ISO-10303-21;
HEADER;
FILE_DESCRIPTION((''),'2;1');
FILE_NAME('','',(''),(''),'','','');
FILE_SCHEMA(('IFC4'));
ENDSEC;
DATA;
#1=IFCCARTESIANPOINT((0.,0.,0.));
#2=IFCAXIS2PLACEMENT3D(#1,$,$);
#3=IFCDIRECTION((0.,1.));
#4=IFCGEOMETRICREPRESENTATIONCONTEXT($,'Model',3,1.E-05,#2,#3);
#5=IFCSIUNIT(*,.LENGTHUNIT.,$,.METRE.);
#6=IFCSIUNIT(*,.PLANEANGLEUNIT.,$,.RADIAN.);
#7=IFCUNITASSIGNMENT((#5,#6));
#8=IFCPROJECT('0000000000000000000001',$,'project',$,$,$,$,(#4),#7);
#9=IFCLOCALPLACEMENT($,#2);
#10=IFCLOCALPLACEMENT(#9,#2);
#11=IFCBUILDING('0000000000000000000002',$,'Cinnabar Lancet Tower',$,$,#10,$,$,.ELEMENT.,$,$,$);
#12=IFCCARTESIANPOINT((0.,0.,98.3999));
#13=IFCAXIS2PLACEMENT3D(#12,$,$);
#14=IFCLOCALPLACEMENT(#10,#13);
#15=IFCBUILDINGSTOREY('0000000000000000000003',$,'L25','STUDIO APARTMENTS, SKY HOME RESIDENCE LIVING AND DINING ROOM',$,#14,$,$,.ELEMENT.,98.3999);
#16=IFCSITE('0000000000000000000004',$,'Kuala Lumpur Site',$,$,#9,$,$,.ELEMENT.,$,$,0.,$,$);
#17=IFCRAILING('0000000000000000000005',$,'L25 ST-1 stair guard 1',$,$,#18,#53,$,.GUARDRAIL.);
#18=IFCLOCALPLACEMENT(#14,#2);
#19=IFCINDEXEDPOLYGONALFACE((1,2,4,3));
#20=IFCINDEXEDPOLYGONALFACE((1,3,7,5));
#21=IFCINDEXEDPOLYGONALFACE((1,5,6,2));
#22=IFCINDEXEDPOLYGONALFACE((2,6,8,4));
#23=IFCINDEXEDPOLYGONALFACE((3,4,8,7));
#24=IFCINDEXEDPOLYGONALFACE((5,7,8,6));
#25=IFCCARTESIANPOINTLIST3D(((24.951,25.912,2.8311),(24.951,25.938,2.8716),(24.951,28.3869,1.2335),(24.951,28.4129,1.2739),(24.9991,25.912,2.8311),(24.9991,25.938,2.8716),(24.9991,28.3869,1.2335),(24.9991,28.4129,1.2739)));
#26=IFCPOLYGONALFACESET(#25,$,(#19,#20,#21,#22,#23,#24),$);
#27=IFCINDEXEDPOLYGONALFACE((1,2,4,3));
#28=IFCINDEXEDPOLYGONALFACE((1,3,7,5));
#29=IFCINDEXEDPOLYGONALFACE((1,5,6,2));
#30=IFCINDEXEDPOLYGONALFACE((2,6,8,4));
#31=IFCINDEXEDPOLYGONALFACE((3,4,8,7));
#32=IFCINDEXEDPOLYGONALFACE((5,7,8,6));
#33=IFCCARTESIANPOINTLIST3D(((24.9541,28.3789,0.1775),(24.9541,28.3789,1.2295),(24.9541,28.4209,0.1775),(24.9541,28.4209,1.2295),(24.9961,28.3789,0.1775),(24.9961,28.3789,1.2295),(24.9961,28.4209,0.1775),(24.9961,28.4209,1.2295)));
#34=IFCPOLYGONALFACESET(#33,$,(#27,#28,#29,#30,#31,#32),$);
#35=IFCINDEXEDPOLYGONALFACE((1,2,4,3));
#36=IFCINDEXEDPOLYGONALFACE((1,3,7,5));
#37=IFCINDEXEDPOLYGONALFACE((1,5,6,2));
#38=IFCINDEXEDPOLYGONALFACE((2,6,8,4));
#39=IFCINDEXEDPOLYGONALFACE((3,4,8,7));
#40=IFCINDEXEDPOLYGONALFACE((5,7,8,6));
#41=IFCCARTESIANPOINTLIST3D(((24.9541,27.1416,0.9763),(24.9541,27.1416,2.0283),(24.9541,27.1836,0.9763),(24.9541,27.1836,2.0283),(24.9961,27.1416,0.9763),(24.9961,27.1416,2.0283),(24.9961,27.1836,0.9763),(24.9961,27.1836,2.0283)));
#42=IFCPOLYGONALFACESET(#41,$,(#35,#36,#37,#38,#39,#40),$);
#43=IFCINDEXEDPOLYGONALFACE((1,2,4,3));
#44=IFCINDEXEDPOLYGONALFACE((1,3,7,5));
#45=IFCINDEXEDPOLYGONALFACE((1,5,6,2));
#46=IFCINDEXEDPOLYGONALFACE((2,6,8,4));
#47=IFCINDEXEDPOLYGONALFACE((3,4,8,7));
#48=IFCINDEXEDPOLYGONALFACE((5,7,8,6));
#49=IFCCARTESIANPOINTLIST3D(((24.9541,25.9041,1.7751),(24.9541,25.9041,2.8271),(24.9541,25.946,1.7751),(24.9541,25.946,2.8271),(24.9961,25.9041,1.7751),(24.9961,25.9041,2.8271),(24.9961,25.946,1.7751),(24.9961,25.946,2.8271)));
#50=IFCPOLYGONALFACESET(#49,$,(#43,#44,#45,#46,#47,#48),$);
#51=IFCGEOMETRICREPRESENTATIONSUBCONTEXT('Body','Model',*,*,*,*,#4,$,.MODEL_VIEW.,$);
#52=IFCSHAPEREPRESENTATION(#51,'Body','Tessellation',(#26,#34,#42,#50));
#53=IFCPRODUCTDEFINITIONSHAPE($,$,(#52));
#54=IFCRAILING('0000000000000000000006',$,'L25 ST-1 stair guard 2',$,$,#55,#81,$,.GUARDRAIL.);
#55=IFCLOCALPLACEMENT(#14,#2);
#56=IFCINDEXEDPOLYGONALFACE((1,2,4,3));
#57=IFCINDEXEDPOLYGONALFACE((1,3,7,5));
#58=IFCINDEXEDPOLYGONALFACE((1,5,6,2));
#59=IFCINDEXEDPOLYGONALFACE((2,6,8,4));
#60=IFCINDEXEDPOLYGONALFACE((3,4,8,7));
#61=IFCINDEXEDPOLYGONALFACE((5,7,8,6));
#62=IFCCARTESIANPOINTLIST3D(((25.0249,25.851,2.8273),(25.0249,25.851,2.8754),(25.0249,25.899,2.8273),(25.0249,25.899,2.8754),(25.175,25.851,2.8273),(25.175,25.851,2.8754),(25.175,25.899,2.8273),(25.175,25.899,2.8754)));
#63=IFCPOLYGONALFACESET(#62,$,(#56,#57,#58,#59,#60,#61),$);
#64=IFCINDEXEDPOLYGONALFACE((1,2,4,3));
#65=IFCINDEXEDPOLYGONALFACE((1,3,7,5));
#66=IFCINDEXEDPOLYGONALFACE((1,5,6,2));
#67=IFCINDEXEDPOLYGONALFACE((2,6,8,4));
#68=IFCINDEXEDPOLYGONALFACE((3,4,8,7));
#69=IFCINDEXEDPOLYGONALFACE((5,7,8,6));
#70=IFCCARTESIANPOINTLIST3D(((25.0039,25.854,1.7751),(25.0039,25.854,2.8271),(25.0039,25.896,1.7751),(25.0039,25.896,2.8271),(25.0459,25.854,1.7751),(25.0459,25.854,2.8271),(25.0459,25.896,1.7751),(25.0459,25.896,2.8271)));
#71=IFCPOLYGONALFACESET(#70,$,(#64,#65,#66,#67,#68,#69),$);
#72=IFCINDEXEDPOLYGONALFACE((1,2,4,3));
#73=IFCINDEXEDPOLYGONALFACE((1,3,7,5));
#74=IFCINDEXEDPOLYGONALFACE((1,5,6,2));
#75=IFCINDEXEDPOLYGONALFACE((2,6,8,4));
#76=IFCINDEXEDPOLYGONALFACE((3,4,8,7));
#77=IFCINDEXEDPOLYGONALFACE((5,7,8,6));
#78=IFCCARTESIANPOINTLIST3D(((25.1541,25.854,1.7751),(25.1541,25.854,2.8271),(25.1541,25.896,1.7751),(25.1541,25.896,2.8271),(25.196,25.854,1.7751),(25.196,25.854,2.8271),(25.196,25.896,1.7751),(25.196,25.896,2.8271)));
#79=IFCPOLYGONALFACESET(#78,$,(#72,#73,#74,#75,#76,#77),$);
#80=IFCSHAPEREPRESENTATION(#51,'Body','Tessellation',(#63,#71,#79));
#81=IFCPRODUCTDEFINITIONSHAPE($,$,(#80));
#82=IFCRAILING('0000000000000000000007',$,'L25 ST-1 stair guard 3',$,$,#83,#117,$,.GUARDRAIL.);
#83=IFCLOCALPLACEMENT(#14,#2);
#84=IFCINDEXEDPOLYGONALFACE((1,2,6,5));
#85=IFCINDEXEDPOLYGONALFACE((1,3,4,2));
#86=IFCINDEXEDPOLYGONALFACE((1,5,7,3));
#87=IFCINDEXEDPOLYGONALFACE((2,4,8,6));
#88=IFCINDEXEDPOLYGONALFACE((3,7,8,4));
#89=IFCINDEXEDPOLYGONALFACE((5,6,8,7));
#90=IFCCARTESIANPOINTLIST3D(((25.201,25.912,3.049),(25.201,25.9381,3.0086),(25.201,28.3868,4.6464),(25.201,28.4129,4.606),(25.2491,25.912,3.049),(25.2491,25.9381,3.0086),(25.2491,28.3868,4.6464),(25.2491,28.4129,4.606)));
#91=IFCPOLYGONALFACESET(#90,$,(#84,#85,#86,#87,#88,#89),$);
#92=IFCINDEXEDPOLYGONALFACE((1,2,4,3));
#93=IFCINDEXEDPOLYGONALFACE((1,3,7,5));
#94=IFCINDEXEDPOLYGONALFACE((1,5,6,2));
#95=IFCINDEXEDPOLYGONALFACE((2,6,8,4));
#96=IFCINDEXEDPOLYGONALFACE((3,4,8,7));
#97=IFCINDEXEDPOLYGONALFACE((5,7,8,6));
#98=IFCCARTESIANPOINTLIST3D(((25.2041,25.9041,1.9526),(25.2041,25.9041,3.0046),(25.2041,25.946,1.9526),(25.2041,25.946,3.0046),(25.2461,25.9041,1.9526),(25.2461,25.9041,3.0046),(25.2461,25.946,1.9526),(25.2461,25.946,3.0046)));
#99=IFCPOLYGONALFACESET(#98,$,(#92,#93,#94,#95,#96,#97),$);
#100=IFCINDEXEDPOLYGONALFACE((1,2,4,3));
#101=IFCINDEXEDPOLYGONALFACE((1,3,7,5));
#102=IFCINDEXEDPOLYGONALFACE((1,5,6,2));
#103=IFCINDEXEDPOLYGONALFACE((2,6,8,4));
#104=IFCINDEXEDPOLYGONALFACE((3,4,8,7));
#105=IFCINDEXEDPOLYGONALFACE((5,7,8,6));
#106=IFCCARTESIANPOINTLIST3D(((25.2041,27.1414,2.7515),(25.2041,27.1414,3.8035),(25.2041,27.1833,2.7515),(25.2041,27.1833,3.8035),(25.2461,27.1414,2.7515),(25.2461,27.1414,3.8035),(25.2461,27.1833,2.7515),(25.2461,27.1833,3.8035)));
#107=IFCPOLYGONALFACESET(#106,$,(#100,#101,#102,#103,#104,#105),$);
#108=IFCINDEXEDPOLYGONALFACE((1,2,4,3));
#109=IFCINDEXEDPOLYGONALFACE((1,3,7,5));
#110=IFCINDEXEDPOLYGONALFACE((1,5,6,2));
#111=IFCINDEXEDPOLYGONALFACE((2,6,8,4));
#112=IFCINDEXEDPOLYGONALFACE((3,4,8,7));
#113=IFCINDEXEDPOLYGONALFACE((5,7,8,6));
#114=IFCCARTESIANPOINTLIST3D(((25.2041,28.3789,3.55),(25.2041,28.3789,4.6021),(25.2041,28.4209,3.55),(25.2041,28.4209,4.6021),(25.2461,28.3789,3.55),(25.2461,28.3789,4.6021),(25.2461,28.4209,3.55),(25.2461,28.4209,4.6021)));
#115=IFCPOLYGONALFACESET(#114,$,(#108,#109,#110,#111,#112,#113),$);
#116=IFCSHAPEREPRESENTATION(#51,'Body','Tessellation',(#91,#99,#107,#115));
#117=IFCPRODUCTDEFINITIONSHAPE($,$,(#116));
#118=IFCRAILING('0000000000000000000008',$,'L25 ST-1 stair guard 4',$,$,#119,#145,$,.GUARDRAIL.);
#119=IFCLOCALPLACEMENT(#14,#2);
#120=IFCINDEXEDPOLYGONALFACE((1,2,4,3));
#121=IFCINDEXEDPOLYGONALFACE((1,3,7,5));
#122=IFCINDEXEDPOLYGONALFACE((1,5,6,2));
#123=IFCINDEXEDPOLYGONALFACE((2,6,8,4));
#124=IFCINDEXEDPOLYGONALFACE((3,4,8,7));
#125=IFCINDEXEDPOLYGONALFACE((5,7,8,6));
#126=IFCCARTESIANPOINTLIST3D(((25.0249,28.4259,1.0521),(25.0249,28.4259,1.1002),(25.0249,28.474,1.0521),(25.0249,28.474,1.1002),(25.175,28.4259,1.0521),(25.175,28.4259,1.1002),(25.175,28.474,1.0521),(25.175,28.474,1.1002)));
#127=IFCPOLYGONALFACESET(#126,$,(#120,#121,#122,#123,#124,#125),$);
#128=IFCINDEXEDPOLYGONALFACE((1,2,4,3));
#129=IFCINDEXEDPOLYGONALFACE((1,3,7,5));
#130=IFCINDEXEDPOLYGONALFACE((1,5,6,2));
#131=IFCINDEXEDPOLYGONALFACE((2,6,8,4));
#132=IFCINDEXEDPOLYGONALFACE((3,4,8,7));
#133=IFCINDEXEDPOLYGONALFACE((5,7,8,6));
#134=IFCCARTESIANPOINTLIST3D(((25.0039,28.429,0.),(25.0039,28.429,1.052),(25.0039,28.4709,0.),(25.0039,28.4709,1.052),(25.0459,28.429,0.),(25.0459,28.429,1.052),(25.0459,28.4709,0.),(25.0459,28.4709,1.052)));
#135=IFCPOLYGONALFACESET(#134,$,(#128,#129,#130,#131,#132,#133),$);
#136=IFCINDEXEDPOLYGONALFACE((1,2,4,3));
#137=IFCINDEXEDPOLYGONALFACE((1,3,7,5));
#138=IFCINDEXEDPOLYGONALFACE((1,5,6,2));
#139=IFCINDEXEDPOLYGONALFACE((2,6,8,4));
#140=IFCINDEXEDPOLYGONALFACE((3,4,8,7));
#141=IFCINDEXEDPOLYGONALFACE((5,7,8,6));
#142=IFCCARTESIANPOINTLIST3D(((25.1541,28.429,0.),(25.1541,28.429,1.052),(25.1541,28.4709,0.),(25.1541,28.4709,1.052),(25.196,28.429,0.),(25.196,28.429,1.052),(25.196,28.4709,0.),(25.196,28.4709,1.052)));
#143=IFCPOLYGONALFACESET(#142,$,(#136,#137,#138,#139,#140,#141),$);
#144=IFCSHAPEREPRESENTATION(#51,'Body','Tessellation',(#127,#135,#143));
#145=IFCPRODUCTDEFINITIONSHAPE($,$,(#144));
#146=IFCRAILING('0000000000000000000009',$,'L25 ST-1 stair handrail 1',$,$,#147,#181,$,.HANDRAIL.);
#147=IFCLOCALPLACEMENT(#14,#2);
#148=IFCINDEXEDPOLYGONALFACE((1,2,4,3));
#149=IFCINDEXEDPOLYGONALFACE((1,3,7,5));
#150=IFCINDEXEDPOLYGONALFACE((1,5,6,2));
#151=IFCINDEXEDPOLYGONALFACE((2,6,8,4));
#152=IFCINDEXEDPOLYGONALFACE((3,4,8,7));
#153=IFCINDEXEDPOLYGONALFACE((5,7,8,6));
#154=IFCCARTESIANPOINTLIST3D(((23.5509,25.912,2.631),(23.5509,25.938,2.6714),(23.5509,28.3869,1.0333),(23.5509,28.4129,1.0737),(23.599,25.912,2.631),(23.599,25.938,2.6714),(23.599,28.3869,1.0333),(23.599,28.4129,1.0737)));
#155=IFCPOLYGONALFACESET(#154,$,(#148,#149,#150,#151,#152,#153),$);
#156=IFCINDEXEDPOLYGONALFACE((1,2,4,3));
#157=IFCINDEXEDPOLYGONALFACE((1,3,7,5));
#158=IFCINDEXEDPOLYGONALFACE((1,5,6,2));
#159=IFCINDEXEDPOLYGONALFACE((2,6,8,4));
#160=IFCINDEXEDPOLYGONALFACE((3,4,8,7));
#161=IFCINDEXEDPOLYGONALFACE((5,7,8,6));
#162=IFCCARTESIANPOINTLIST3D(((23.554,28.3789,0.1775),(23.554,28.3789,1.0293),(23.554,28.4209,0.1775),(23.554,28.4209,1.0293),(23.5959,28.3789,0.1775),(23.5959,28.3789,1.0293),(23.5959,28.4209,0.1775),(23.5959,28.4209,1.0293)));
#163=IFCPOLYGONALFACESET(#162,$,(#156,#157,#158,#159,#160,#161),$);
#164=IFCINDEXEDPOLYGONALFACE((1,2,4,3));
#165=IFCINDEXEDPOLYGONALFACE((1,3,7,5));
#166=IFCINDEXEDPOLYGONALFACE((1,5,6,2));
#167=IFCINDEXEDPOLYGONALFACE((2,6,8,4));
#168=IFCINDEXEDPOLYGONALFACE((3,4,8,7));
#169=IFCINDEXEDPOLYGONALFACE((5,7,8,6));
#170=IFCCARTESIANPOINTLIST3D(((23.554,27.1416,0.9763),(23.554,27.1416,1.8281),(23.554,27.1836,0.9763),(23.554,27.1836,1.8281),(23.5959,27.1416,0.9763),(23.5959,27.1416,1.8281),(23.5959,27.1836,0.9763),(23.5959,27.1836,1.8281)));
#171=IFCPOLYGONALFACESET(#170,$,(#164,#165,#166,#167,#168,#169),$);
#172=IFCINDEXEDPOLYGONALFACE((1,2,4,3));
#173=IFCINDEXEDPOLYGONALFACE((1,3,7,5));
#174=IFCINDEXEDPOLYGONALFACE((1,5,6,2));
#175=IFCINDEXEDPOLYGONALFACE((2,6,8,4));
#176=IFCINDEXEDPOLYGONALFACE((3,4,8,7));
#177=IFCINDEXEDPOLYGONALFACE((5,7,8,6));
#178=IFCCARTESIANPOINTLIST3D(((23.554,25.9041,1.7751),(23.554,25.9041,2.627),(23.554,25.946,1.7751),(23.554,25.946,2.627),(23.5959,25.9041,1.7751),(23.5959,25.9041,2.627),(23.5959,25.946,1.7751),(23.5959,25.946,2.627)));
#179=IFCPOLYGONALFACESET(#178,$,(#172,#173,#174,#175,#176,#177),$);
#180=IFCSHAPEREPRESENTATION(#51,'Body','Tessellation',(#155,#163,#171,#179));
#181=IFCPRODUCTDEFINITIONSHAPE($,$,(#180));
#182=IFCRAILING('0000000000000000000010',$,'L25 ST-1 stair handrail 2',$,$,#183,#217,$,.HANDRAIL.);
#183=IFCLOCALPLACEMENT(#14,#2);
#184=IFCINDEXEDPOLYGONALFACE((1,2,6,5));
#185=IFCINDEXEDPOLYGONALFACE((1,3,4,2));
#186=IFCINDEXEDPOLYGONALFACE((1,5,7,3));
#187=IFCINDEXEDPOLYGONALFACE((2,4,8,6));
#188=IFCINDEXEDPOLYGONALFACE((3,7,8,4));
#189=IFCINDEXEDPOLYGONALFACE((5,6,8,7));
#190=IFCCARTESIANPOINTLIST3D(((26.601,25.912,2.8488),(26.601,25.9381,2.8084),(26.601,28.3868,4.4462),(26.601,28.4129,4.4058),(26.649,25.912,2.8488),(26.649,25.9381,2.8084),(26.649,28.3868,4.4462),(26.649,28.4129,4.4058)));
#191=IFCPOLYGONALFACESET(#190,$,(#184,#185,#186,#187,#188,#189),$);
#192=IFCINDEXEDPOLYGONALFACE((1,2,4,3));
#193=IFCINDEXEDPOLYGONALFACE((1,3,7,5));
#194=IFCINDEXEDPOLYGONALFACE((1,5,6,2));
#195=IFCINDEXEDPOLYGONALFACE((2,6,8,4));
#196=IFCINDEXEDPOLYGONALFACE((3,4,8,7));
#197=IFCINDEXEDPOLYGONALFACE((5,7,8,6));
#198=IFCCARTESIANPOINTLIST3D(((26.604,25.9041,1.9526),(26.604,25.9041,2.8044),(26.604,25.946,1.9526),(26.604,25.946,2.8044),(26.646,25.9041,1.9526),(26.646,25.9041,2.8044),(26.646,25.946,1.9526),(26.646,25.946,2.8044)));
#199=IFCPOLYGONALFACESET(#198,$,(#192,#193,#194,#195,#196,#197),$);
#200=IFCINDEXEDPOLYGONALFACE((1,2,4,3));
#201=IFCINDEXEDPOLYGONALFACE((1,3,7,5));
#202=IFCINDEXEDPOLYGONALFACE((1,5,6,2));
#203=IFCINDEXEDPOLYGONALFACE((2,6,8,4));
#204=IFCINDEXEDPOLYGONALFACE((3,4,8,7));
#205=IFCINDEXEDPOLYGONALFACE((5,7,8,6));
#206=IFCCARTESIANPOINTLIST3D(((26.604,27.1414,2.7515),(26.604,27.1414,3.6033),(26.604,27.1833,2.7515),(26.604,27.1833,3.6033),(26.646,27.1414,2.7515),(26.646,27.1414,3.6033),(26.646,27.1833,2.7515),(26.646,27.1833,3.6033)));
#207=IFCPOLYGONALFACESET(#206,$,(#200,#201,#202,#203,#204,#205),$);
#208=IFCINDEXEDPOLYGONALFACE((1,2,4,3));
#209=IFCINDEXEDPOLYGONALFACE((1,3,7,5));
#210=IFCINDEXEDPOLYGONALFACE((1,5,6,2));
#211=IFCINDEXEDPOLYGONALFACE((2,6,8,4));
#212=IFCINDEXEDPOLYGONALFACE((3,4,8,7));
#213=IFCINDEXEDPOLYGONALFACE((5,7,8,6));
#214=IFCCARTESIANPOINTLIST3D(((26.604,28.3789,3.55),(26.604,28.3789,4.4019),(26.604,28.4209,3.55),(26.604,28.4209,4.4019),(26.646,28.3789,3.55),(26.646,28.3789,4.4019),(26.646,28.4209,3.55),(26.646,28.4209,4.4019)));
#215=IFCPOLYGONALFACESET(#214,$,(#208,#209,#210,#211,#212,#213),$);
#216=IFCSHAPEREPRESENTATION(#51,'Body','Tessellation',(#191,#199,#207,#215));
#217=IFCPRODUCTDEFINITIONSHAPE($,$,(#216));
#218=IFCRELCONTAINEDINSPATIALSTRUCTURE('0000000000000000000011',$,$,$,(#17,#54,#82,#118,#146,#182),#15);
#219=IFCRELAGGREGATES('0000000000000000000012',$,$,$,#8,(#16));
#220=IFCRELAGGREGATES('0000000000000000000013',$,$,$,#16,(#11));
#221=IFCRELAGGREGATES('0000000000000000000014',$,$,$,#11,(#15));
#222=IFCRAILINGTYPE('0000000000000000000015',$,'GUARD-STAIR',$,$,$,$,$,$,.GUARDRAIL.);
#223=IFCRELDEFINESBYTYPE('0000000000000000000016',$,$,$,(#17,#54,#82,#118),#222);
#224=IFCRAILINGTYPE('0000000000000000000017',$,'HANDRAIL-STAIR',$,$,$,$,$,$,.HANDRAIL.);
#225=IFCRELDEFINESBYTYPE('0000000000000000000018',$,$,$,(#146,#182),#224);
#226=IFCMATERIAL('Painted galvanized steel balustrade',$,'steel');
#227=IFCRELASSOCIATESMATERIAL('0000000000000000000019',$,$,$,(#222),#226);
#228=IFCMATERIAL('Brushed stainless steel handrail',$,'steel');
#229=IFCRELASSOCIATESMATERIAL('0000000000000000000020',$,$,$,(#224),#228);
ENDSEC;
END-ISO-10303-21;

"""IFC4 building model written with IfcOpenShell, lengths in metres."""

from ifc_helpers import new_model, si_unit, direction, frame, origin, origin_2d, place, context, subcontext, project, spatial, rectangle, extrude, material, type_object, element, save


model = new_model("IFC4")

# Units and contexts
model_context = context("Model", 3, precision=1e-05, world=origin(), true_north=direction((0.0, 1.0)))
body_context = subcontext(model_context, "Body", "Model", "MODEL_VIEW")
ifc_project = project(units=[si_unit("LENGTHUNIT", "METRE"), si_unit("PLANEANGLEUNIT", "RADIAN")], contexts=[model_context])

# Site, building, storey
site_placement = place(None, origin())
site = spatial("IfcSite", under=ifc_project, at=site_placement, Name="Kuala Lumpur Site", CompositionType="ELEMENT", RefElevation=0.0)
building_placement = place(site_placement, origin())
building = spatial("IfcBuilding", under=site, at=building_placement, Name="Cinnabar Lancet Tower", CompositionType="ELEMENT")
storey_placement = place(building_placement, frame((0.0, 0.0, 98.3999)))
storey = spatial("IfcBuildingStorey", under=building, at=storey_placement, Name="L25", Description="STUDIO APARTMENTS, SKY HOME RESIDENCE LIVING AND DINING ROOM", CompositionType="ELEMENT", Elevation=98.3999)

# Railings
ifc_material_1 = material(Name="Painted galvanized steel balustrade", Category="steel")
railing_type_1 = type_object("IfcRailingType", Name="GUARD-STAIR", PredefinedType="GUARDRAIL", material=ifc_material_1)
railing_1_placement = place(storey_placement, frame((24.9751, 28.3999, 0.1775)))
element("IfcRailing", 1, at=railing_1_placement, inside=storey, type_object=railing_type_1, Name="L25 ST-1 stair guard 1", PredefinedType="GUARDRAIL", context=body_context, shape_type="SweptSolid", body=[
    extrude(rectangle(XDim=0.0481, YDim=0.0481, at=origin_2d()), frame((0.0, 0.0, 1.0762), z_axis=(0.0, -0.840146, 0.542361), x_axis=(1.0, 0.0, 0.0)), (0.0, 0.0, 1.0), 2.9458),
    extrude(rectangle(XDim=0.042, YDim=0.042, at=origin_2d()), origin(), (0.0, 0.0, 1.0), 1.052),
    extrude(rectangle(XDim=0.042, YDim=0.042, at=origin_2d()), frame((0.0, -1.2373, 0.7988)), (0.0, 0.0, 1.0), 1.052),
    extrude(rectangle(XDim=0.042, YDim=0.042, at=origin_2d()), frame((0.0, -2.4749, 1.5977)), (0.0, 0.0, 1.0), 1.052),
])
railing_2_placement = place(storey_placement, frame((25.0249, 25.875, 1.7751)))
element("IfcRailing", 2, at=railing_2_placement, inside=storey, type_object=railing_type_1, Name="L25 ST-1 stair guard 2", PredefinedType="GUARDRAIL", context=body_context, shape_type="SweptSolid", body=[
    extrude(rectangle(XDim=0.0481, YDim=0.0481, at=origin_2d()), frame((0.0, 0.0, 1.0762), z_axis=(1.0, 0.0, 0.0), x_axis=(0.0, 1.0, 0.0)), (0.0, 0.0, 1.0), 0.1501),
    extrude(rectangle(XDim=0.042, YDim=0.042, at=origin_2d()), origin(), (0.0, 0.0, 1.0), 1.052),
    extrude(rectangle(XDim=0.042, YDim=0.042, at=origin_2d()), frame((0.1501, 0.0, 0.0)), (0.0, 0.0, 1.0), 1.052),
])
railing_3_placement = place(storey_placement, frame((25.2251, 25.925, 1.9526)))
element("IfcRailing", 3, at=railing_3_placement, inside=storey, type_object=railing_type_1, Name="L25 ST-1 stair guard 3", PredefinedType="GUARDRAIL", context=body_context, shape_type="SweptSolid", body=[
    extrude(rectangle(XDim=0.0481, YDim=0.0481, at=origin_2d()), frame((0.0, 0.0, 1.0762), z_axis=(0.0, 0.840183, 0.542302), x_axis=(-1.0, 0.0, 0.0)), (0.0, 0.0, 1.0), 2.9456),
    extrude(rectangle(XDim=0.042, YDim=0.042, at=origin_2d()), origin(), (0.0, 0.0, 1.0), 1.052),
    extrude(rectangle(XDim=0.042, YDim=0.042, at=origin_2d()), frame((0.0, 1.2373, 0.7988)), (0.0, 0.0, 1.0), 1.052),
    extrude(rectangle(XDim=0.042, YDim=0.042, at=origin_2d()), frame((0.0, 2.4749, 1.5974)), (0.0, 0.0, 1.0), 1.052),
])
railing_4_placement = place(storey_placement, frame((25.0249, 28.45, 0.0)))
element("IfcRailing", 4, at=railing_4_placement, inside=storey, type_object=railing_type_1, Name="L25 ST-1 stair guard 4", PredefinedType="GUARDRAIL", context=body_context, shape_type="SweptSolid", body=[
    extrude(rectangle(XDim=0.0481, YDim=0.0481, at=origin_2d()), frame((0.0, 0.0, 1.0762), z_axis=(1.0, 0.0, 0.0), x_axis=(0.0, 1.0, 0.0)), (0.0, 0.0, 1.0), 0.1501),
    extrude(rectangle(XDim=0.042, YDim=0.042, at=origin_2d()), origin(), (0.0, 0.0, 1.0), 1.052),
    extrude(rectangle(XDim=0.042, YDim=0.042, at=origin_2d()), frame((0.1501, 0.0, 0.0)), (0.0, 0.0, 1.0), 1.052),
])
ifc_material_2 = material(Name="Brushed stainless steel handrail", Category="steel")
railing_type_2 = type_object("IfcRailingType", Name="HANDRAIL-STAIR", PredefinedType="HANDRAIL", material=ifc_material_2)
railing_5_placement = place(storey_placement, frame((23.575, 28.3999, 0.1775)))
element("IfcRailing", 5, at=railing_5_placement, inside=storey, type_object=railing_type_2, Name="L25 ST-1 stair handrail 1", PredefinedType="HANDRAIL", context=body_context, shape_type="SweptSolid", body=[
    extrude(rectangle(XDim=0.0481, YDim=0.0481, at=origin_2d()), frame((0.0, 0.0, 0.876), z_axis=(0.0, -0.840146, 0.542361), x_axis=(1.0, 0.0, 0.0)), (0.0, 0.0, 1.0), 2.9458),
    extrude(rectangle(XDim=0.042, YDim=0.042, at=origin_2d()), origin(), (0.0, 0.0, 1.0), 0.8518),
    extrude(rectangle(XDim=0.042, YDim=0.042, at=origin_2d()), frame((0.0, -1.2373, 0.7988)), (0.0, 0.0, 1.0), 0.8518),
    extrude(rectangle(XDim=0.042, YDim=0.042, at=origin_2d()), frame((0.0, -2.4749, 1.5977)), (0.0, 0.0, 1.0), 0.8518),
])
railing_6_placement = place(storey_placement, frame((26.625, 25.925, 1.9526)))
element("IfcRailing", 6, at=railing_6_placement, inside=storey, type_object=railing_type_2, Name="L25 ST-1 stair handrail 2", PredefinedType="HANDRAIL", context=body_context, shape_type="SweptSolid", body=[
    extrude(rectangle(XDim=0.0481, YDim=0.0481, at=origin_2d()), frame((0.0, 0.0, 0.876), z_axis=(0.0, 0.840183, 0.542302), x_axis=(-1.0, 0.0, 0.0)), (0.0, 0.0, 1.0), 2.9456),
    extrude(rectangle(XDim=0.042, YDim=0.042, at=origin_2d()), origin(), (0.0, 0.0, 1.0), 0.8518),
    extrude(rectangle(XDim=0.042, YDim=0.042, at=origin_2d()), frame((0.0, 1.2373, 0.7988)), (0.0, 0.0, 1.0), 0.8518),
    extrude(rectangle(XDim=0.042, YDim=0.042, at=origin_2d()), frame((0.0, 2.4749, 1.5974)), (0.0, 0.0, 1.0), 0.8518),
])

save(model, "model.ifc")
